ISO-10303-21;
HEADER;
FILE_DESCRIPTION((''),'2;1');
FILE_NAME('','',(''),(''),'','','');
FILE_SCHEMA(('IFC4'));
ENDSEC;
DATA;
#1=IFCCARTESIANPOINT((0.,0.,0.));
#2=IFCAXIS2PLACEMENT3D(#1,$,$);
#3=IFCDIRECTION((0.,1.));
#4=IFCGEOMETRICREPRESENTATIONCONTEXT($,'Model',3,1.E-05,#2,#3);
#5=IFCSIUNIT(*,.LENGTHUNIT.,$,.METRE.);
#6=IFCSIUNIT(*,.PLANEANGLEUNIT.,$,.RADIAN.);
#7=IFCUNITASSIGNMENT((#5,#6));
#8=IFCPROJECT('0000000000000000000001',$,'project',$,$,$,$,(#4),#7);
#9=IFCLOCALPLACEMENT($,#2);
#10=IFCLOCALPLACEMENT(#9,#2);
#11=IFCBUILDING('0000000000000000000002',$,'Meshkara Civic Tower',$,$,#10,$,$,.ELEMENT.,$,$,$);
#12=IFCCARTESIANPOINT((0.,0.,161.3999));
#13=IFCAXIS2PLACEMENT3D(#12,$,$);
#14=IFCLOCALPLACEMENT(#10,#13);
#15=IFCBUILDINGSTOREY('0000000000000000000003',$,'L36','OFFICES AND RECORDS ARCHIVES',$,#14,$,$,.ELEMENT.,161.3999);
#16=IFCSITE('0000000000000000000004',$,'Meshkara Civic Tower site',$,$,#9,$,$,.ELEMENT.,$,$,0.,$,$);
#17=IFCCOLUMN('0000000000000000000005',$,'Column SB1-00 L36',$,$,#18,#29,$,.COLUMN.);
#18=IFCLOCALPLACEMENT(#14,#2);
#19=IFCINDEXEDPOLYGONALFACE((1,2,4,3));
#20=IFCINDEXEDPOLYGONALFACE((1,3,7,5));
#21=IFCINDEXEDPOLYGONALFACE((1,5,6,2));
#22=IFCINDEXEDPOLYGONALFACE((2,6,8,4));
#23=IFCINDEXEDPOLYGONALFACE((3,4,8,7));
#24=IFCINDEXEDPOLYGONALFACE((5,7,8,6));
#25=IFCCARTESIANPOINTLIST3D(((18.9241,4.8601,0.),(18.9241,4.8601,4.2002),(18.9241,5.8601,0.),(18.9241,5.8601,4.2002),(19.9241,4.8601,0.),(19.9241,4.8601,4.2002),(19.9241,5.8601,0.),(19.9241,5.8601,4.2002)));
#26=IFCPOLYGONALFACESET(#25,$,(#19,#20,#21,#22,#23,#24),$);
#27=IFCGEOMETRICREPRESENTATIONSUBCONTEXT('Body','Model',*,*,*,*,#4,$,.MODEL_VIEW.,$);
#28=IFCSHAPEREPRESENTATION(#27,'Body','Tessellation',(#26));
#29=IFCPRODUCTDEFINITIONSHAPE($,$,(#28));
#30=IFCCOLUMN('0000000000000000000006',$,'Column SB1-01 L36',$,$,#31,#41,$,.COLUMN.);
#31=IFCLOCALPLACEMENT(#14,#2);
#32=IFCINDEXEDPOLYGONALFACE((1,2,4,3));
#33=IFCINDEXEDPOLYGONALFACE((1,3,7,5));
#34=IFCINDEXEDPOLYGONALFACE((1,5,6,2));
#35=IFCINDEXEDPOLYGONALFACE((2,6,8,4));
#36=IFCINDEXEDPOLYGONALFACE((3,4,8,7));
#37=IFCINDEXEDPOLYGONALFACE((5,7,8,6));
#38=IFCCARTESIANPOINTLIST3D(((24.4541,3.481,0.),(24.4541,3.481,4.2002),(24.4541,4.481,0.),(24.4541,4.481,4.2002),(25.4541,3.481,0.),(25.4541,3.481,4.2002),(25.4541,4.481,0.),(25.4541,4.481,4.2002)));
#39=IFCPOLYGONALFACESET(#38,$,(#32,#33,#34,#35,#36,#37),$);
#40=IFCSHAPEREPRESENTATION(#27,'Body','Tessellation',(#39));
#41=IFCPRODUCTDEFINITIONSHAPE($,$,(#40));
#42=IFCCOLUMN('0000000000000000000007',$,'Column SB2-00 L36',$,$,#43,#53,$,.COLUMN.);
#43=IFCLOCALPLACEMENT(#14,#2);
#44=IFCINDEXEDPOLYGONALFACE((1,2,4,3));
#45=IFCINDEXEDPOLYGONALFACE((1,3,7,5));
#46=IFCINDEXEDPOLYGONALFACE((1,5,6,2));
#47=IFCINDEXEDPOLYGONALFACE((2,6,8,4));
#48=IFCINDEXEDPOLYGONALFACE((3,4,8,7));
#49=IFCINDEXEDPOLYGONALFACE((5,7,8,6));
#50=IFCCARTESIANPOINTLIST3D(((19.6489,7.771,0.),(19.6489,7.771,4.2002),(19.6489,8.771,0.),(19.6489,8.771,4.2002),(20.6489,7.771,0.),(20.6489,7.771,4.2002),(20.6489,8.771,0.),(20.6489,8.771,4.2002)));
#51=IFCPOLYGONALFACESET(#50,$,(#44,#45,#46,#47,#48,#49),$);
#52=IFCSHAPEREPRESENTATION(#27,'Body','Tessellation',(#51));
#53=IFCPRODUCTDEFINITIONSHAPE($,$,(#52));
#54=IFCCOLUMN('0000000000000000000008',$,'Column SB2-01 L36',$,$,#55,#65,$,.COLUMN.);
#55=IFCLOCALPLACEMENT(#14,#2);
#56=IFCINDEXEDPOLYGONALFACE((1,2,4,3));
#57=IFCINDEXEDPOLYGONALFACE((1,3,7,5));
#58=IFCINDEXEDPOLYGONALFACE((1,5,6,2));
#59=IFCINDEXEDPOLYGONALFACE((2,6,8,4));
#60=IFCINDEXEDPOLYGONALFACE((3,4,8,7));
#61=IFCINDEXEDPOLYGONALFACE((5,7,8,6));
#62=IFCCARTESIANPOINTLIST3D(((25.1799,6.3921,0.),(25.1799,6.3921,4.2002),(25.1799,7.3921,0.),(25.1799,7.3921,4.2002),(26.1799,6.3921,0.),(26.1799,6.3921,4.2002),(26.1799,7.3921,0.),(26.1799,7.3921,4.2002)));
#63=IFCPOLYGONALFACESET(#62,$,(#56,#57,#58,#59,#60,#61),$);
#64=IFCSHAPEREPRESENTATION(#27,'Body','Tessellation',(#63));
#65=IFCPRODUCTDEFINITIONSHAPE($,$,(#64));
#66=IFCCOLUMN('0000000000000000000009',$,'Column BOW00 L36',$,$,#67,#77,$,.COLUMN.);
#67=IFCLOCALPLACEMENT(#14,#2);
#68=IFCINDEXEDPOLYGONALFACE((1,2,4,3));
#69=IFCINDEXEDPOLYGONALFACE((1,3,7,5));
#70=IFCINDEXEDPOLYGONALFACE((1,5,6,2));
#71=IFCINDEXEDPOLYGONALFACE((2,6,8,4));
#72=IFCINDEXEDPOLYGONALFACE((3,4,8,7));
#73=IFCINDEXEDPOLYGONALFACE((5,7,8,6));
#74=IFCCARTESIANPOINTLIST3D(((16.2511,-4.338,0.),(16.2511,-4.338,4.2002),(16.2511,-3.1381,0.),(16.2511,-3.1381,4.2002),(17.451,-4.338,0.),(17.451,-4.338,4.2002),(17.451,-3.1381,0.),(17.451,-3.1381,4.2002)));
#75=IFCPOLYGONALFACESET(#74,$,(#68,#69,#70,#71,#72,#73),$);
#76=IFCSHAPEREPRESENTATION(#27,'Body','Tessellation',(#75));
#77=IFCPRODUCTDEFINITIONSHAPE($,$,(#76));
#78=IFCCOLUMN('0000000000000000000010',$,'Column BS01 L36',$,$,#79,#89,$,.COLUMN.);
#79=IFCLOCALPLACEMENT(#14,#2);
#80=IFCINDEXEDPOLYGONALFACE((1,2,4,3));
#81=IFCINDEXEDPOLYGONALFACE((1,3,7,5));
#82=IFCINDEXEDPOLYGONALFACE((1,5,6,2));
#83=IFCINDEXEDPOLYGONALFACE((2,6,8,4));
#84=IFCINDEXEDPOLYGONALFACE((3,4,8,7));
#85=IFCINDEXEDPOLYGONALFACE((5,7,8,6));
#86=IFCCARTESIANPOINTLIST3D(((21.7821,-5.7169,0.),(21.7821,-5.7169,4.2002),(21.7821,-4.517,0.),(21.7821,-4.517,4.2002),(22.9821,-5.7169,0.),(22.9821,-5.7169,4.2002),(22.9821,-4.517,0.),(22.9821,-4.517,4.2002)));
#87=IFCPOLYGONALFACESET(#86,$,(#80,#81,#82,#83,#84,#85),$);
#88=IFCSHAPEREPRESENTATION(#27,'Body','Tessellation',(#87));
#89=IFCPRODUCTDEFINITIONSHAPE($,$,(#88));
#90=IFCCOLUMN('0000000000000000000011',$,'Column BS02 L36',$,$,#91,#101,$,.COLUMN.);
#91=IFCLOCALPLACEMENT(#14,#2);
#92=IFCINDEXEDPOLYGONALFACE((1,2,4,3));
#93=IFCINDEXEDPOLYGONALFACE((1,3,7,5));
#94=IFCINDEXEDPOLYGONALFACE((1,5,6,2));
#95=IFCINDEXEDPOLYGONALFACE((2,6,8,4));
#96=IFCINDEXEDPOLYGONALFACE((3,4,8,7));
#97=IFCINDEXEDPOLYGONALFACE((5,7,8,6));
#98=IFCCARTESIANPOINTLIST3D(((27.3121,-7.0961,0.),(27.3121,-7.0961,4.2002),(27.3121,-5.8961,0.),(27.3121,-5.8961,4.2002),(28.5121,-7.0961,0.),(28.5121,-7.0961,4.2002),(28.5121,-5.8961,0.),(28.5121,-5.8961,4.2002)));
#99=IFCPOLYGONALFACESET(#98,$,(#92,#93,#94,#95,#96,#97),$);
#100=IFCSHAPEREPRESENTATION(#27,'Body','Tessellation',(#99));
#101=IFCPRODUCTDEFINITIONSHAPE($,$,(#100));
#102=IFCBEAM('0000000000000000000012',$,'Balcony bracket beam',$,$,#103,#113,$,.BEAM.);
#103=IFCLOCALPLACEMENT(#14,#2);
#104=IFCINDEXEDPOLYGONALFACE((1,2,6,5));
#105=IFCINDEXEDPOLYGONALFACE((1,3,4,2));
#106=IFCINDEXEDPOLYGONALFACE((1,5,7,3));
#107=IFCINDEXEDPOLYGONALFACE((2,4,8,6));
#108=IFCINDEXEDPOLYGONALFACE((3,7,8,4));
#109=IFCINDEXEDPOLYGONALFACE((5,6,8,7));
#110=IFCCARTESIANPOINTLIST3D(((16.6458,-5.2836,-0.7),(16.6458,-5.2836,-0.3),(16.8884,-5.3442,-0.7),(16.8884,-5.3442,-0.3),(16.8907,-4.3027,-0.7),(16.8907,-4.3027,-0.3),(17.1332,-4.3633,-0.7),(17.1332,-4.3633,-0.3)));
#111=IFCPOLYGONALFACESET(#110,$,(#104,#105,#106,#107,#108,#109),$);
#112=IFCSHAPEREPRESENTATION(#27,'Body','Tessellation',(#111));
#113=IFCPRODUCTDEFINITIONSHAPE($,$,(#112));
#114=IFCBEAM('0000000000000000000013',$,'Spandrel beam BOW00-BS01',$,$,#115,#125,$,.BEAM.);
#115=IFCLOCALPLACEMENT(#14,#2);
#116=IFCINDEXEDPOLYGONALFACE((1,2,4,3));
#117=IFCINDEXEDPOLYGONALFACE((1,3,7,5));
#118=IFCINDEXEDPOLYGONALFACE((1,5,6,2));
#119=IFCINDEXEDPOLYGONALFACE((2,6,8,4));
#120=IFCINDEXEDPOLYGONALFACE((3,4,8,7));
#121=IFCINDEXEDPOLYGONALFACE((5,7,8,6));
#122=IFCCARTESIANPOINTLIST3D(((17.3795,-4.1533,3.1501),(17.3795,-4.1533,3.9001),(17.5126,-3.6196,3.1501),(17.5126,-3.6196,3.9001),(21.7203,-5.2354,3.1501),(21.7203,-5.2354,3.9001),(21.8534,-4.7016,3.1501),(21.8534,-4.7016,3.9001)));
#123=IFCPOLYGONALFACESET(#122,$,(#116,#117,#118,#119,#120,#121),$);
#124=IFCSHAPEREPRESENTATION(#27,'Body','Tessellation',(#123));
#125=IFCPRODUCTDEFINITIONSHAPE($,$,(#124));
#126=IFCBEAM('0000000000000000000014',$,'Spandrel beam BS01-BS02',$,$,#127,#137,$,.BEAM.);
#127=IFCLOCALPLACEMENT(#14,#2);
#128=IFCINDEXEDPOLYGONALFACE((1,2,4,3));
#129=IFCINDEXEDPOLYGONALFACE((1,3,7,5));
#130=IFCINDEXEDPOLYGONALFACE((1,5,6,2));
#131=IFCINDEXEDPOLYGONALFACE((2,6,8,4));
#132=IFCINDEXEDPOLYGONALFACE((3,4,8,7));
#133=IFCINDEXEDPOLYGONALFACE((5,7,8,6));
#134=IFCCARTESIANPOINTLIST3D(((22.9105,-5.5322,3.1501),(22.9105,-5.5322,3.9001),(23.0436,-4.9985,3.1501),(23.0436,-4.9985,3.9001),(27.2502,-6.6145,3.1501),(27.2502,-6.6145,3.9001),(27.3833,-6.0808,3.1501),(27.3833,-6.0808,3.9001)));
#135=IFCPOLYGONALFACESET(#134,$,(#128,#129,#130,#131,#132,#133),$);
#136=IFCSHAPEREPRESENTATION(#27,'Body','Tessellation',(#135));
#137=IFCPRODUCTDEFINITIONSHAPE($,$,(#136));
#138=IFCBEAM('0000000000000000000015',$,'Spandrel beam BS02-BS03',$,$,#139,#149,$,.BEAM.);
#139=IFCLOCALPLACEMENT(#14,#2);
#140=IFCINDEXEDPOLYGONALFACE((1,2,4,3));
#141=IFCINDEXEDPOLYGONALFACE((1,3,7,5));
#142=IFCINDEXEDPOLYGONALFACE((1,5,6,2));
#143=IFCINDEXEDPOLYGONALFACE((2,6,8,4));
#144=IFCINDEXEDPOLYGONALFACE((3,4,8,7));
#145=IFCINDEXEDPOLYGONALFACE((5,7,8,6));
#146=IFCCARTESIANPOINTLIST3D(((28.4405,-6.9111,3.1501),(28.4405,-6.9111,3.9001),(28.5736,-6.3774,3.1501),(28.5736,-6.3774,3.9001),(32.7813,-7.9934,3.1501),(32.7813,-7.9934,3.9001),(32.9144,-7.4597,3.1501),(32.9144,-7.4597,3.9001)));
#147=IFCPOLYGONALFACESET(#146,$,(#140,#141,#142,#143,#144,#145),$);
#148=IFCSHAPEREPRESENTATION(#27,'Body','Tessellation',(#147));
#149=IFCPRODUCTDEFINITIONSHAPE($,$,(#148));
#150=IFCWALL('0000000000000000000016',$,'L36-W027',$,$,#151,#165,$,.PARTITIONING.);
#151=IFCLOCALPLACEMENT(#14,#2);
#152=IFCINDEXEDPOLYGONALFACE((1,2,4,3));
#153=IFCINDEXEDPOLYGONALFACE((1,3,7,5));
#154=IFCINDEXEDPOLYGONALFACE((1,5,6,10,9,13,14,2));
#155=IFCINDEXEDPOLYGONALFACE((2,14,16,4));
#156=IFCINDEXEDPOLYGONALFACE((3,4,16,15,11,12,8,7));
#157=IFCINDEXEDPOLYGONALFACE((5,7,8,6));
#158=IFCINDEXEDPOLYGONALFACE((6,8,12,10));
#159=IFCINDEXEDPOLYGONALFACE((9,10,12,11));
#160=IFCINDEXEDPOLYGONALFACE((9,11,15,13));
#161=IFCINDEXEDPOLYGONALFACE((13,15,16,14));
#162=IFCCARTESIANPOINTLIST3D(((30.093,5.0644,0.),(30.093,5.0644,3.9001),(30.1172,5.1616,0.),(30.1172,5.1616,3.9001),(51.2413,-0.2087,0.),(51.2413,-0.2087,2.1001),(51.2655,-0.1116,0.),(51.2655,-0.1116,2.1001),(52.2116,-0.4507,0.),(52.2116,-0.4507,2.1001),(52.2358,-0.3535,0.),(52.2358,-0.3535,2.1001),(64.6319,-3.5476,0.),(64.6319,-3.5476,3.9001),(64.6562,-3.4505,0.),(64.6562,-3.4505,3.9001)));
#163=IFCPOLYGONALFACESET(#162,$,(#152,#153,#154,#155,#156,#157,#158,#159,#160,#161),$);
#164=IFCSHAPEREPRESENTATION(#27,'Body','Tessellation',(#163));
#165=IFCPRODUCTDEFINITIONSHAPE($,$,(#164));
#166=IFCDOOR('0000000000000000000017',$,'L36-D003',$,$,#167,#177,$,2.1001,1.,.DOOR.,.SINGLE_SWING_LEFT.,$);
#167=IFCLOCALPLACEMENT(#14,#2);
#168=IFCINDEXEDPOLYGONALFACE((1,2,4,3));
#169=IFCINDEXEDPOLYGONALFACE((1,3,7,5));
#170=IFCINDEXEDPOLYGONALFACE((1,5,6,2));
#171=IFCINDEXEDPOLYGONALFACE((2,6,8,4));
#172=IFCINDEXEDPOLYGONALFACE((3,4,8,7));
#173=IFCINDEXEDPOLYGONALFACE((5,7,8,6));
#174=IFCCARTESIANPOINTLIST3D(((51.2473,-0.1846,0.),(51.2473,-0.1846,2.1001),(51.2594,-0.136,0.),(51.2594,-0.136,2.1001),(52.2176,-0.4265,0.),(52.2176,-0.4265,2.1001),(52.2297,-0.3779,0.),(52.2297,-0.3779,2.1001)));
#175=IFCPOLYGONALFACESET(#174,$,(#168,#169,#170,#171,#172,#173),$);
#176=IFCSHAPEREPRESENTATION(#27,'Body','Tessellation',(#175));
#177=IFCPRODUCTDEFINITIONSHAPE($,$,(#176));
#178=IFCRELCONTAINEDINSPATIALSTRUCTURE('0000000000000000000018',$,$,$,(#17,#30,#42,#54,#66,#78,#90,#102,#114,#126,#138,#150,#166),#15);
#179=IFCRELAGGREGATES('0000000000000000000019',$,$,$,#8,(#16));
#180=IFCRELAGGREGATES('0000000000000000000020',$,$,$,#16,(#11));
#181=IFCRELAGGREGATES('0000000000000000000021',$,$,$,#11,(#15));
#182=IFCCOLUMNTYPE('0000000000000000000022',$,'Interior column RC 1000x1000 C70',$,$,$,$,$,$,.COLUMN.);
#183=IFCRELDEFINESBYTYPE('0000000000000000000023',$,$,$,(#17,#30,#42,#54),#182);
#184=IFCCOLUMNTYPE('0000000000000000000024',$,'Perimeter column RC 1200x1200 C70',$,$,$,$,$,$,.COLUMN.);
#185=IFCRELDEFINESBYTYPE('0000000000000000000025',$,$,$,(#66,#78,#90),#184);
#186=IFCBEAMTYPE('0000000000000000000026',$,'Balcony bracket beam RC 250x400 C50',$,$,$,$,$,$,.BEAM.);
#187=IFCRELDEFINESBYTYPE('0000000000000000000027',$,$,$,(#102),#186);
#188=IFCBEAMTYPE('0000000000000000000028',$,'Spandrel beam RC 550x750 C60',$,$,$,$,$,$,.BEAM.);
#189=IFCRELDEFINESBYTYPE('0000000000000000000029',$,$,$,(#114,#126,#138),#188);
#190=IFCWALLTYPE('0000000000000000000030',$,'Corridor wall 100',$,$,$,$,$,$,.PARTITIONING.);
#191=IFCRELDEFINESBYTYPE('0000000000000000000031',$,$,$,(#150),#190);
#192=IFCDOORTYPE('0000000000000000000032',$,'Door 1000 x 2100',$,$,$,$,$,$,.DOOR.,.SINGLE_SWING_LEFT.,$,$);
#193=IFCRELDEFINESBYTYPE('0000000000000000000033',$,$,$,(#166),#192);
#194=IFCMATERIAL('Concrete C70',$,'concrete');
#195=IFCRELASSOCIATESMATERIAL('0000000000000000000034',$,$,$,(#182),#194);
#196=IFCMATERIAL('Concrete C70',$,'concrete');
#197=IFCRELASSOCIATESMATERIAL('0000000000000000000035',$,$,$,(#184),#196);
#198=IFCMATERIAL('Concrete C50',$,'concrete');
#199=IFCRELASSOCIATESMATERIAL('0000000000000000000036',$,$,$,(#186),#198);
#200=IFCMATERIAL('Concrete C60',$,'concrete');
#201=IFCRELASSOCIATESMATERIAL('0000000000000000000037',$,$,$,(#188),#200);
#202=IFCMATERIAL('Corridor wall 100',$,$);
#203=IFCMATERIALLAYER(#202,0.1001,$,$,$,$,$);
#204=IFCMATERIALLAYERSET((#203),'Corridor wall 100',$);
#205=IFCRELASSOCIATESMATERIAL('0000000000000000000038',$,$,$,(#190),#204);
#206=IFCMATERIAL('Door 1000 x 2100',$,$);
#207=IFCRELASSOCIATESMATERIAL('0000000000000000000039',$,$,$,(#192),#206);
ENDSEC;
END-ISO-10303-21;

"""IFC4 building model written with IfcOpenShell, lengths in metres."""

from ifc_helpers import new_model, si_unit, direction, frame, frame_2d, origin, origin_2d, place, context, subcontext, project, spatial, rectangle, extrude, material, layer, layer_set, material_profile, profile_set, type_object, element, fill, save


model = new_model("IFC4")

# Units and contexts
model_context = context("Model", 3, precision=1e-05, world=origin(), true_north=direction((0.0, 1.0)))
body_context = subcontext(model_context, "Body", "Model", "MODEL_VIEW")
ifc_project = project(units=[si_unit("LENGTHUNIT", "METRE"), si_unit("PLANEANGLEUNIT", "RADIAN")], contexts=[model_context])

# Site, building, storey
site_placement = place(None, origin())
site = spatial("IfcSite", under=ifc_project, at=site_placement, Name="Meshkara Civic Tower site", CompositionType="ELEMENT", RefElevation=0.0)
building_placement = place(site_placement, origin())
building = spatial("IfcBuilding", under=site, at=building_placement, Name="Meshkara Civic Tower", CompositionType="ELEMENT")
storey_placement = place(building_placement, frame((0.0, 0.0, 161.3999)))
storey = spatial("IfcBuildingStorey", under=building, at=storey_placement, Name="L36", Description="OFFICES AND RECORDS ARCHIVES", CompositionType="ELEMENT", Elevation=161.3999)

# Columns
ifc_material_1 = material(Name="Concrete C70", Category="concrete")
ifc_material_profile_1 = material_profile(ifc_material_1, rectangle(XDim=1.0, YDim=1.0, at=origin_2d()))
ifc_profile_set_1 = profile_set([ifc_material_profile_1], Name="Concrete C70")
column_type_1 = type_object("IfcColumnType", Name="Interior column RC 1000x1000 C70", PredefinedType="COLUMN", material=ifc_profile_set_1)
for number, where, z_axis, x_axis, name in (
    (1, (19.4241, 5.3601, 0.0), (0.0, 0.0, 1.0), (1.0, 0.0, 0.0), "Column SB1-00 L36"),
    (2, (24.9541, 3.981, 0.0), (0.0, 0.0, 1.0), (1.0, 0.0, 0.0), "Column SB1-01 L36"),
    (3, (20.1489, 8.271, 0.0), (0.0, 0.0, 1.0), (1.0, 0.0, 0.0), "Column SB2-00 L36"),
    (4, (25.6799, 6.8921, 0.0), (0.0, 0.0, 1.0), (1.0, 0.0, 0.0), "Column SB2-01 L36"),
):
    element("IfcColumn", number, at=place(storey_placement, frame(where, z_axis=z_axis, x_axis=x_axis)), inside=storey, type_object=column_type_1, Name=name, PredefinedType="COLUMN", context=body_context, shape_type="SweptSolid", body=[
        extrude(rectangle(XDim=1.0, YDim=1.0, at=origin_2d()), origin(), (0.0, 0.0, 1.0), 4.2002),
    ])
ifc_material_2 = material(Name="Concrete C70", Category="concrete")
ifc_material_profile_2 = material_profile(ifc_material_2, rectangle(XDim=1.2, YDim=1.2, at=origin_2d()))
ifc_profile_set_2 = profile_set([ifc_material_profile_2], Name="Concrete C70")
column_type_2 = type_object("IfcColumnType", Name="Perimeter column RC 1200x1200 C70", PredefinedType="COLUMN", material=ifc_profile_set_2)
for number, where, z_axis, x_axis, name in (
    (5, (16.8511, -3.738, 0.0), (0.0, 0.0, 1.0), (1.0, 0.0, 0.0), "Column BOW00 L36"),
    (6, (22.3821, -5.1169, 0.0), (0.0, 0.0, 1.0), (1.0, 0.0, 0.0), "Column BS01 L36"),
    (7, (27.9121, -6.4961, 0.0), (0.0, 0.0, 1.0), (1.0, 0.0, 0.0), "Column BS02 L36"),
):
    element("IfcColumn", number, at=place(storey_placement, frame(where, z_axis=z_axis, x_axis=x_axis)), inside=storey, type_object=column_type_2, Name=name, PredefinedType="COLUMN", context=body_context, shape_type="SweptSolid", body=[
        extrude(rectangle(XDim=1.2, YDim=1.2, at=origin_2d()), origin(), (0.0, 0.0, 1.0), 4.2002),
    ])

# Beams
ifc_material_3 = material(Name="Concrete C50", Category="concrete")
ifc_material_profile_3 = material_profile(ifc_material_3, rectangle(XDim=0.25, YDim=0.3999, at=origin_2d()))
ifc_profile_set_3 = profile_set([ifc_material_profile_3], Name="Concrete C50")
beam_type_1 = type_object("IfcBeamType", Name="Balcony bracket beam RC 250x400 C50", PredefinedType="BEAM", material=ifc_profile_set_3)
beam_1_placement = place(storey_placement, frame((17.012, -4.333, -0.5), z_axis=(-0.242195, -0.970228, 0.0), x_axis=(0.970228, -0.242195, 0.0)))
element("IfcBeam", 8, at=beam_1_placement, inside=storey, type_object=beam_type_1, Name="Balcony bracket beam", PredefinedType="BEAM", context=body_context, shape_type="SweptSolid", body=[
    extrude(rectangle(XDim=0.25, YDim=0.3999, at=origin_2d()), origin(), (0.0, 0.0, 1.0), 1.011),
])
ifc_material_4 = material(Name="Concrete C60", Category="concrete")
ifc_material_profile_4 = material_profile(ifc_material_4, rectangle(XDim=0.55, YDim=0.75, at=origin_2d()))
ifc_profile_set_4 = profile_set([ifc_material_profile_4], Name="Concrete C60")
beam_type_2 = type_object("IfcBeamType", Name="Spandrel beam RC 550x750 C60", PredefinedType="BEAM", material=ifc_profile_set_4)
beam_2_placement = place(storey_placement, frame((17.446, -3.8865, 3.5251), z_axis=(0.970309, -0.241868, 0.0), x_axis=(0.241868, 0.970309, 0.0)))
element("IfcBeam", 9, at=beam_2_placement, inside=storey, type_object=beam_type_2, Name="Spandrel beam BOW00-BS01", PredefinedType="BEAM", context=body_context, shape_type="SweptSolid", body=[
    extrude(rectangle(XDim=0.55, YDim=0.75, at=origin_2d()), origin(), (0.0, 0.0, 1.0), 4.4736),
])
beam_3_placement = place(storey_placement, frame((22.9771, -5.2654, 3.5251), z_axis=(0.970284, -0.24197, 0.0), x_axis=(0.24197, 0.970284, 0.0)))
element("IfcBeam", 10, at=beam_3_placement, inside=storey, type_object=beam_type_2, Name="Spandrel beam BS01-BS02", PredefinedType="BEAM", context=body_context, shape_type="SweptSolid", body=[
    extrude(rectangle(XDim=0.55, YDim=0.75, at=origin_2d()), origin(), (0.0, 0.0, 1.0), 4.4727),
])
beam_4_placement = place(storey_placement, frame((28.5071, -6.6443, 3.5251), z_axis=(0.970296, -0.241919, 0.0), x_axis=(0.241919, 0.970296, 0.0)))
element("IfcBeam", 11, at=beam_4_placement, inside=storey, type_object=beam_type_2, Name="Spandrel beam BS02-BS03", PredefinedType="BEAM", context=body_context, shape_type="SweptSolid", body=[
    extrude(rectangle(XDim=0.55, YDim=0.75, at=origin_2d()), origin(), (0.0, 0.0, 1.0), 4.4736),
])

# Wall, opening, door
ifc_material_5 = material(Name="Corridor wall 100")
ifc_layer_1 = layer(ifc_material_5, 0.1001)
ifc_layer_set_1 = layer_set([ifc_layer_1], Name="Corridor wall 100")
wall_type_1 = type_object("IfcWallType", Name="Corridor wall 100", PredefinedType="PARTITIONING", material=ifc_layer_set_1)
wall_1_placement = place(storey_placement, frame((30.105, 5.113, 0.0), z_axis=(0.0, 0.0, 1.0), x_axis=(0.970292, -0.241935, 0.0)))
wall_1 = element("IfcWall", 12, at=wall_1_placement, inside=storey, type_object=wall_type_1, Name="L36-W027", PredefinedType="PARTITIONING", context=body_context, shape_type="SweptSolid", body=[
    extrude(rectangle(XDim=35.5964, YDim=0.1001, at=frame_2d((17.7983, 0.0))), origin(), (0.0, 0.0, 1.0), 3.9001),
])
opening_1_placement = place(wall_1_placement, frame((21.7959, 0.0, 0.0)))
opening_1 = element("IfcOpeningElement", 13, at=opening_1_placement, cuts=wall_1, PredefinedType="OPENING", context=body_context, shape_type="SweptSolid", body=[
    extrude(rectangle(XDim=1.0, YDim=2.1001, at=frame_2d((0.5, 1.05))), frame((0.0, 0.0601, 0.0), z_axis=(0.0, -1.0, 0.0), x_axis=(1.0, 0.0, 0.0)), (0.0, 0.0, 1.0), 0.1201),
])
ifc_material_6 = material(Name="Door 1000 x 2100")
door_type_1 = type_object("IfcDoorType", Name="Door 1000 x 2100", OperationType="SINGLE_SWING_LEFT", PredefinedType="DOOR", material=ifc_material_6)
door_1_placement = place(opening_1_placement, origin())
door_1 = element("IfcDoor", 14, at=door_1_placement, inside=storey, type_object=door_type_1, Name="L36-D003", OperationType="SINGLE_SWING_LEFT", OverallHeight=2.1001, OverallWidth=1.0, PredefinedType="DOOR", context=body_context, shape_type="SweptSolid", body=[
    extrude(rectangle(XDim=1.0, YDim=2.1001, at=frame_2d((0.5, 1.05))), frame((0.0, 0.0249, 0.0), z_axis=(0.0, -1.0, 0.0), x_axis=(1.0, 0.0, 0.0)), (0.0, 0.0, 1.0), 0.05),
])
fill(opening_1, door_1)

save(model, "model.ifc")
